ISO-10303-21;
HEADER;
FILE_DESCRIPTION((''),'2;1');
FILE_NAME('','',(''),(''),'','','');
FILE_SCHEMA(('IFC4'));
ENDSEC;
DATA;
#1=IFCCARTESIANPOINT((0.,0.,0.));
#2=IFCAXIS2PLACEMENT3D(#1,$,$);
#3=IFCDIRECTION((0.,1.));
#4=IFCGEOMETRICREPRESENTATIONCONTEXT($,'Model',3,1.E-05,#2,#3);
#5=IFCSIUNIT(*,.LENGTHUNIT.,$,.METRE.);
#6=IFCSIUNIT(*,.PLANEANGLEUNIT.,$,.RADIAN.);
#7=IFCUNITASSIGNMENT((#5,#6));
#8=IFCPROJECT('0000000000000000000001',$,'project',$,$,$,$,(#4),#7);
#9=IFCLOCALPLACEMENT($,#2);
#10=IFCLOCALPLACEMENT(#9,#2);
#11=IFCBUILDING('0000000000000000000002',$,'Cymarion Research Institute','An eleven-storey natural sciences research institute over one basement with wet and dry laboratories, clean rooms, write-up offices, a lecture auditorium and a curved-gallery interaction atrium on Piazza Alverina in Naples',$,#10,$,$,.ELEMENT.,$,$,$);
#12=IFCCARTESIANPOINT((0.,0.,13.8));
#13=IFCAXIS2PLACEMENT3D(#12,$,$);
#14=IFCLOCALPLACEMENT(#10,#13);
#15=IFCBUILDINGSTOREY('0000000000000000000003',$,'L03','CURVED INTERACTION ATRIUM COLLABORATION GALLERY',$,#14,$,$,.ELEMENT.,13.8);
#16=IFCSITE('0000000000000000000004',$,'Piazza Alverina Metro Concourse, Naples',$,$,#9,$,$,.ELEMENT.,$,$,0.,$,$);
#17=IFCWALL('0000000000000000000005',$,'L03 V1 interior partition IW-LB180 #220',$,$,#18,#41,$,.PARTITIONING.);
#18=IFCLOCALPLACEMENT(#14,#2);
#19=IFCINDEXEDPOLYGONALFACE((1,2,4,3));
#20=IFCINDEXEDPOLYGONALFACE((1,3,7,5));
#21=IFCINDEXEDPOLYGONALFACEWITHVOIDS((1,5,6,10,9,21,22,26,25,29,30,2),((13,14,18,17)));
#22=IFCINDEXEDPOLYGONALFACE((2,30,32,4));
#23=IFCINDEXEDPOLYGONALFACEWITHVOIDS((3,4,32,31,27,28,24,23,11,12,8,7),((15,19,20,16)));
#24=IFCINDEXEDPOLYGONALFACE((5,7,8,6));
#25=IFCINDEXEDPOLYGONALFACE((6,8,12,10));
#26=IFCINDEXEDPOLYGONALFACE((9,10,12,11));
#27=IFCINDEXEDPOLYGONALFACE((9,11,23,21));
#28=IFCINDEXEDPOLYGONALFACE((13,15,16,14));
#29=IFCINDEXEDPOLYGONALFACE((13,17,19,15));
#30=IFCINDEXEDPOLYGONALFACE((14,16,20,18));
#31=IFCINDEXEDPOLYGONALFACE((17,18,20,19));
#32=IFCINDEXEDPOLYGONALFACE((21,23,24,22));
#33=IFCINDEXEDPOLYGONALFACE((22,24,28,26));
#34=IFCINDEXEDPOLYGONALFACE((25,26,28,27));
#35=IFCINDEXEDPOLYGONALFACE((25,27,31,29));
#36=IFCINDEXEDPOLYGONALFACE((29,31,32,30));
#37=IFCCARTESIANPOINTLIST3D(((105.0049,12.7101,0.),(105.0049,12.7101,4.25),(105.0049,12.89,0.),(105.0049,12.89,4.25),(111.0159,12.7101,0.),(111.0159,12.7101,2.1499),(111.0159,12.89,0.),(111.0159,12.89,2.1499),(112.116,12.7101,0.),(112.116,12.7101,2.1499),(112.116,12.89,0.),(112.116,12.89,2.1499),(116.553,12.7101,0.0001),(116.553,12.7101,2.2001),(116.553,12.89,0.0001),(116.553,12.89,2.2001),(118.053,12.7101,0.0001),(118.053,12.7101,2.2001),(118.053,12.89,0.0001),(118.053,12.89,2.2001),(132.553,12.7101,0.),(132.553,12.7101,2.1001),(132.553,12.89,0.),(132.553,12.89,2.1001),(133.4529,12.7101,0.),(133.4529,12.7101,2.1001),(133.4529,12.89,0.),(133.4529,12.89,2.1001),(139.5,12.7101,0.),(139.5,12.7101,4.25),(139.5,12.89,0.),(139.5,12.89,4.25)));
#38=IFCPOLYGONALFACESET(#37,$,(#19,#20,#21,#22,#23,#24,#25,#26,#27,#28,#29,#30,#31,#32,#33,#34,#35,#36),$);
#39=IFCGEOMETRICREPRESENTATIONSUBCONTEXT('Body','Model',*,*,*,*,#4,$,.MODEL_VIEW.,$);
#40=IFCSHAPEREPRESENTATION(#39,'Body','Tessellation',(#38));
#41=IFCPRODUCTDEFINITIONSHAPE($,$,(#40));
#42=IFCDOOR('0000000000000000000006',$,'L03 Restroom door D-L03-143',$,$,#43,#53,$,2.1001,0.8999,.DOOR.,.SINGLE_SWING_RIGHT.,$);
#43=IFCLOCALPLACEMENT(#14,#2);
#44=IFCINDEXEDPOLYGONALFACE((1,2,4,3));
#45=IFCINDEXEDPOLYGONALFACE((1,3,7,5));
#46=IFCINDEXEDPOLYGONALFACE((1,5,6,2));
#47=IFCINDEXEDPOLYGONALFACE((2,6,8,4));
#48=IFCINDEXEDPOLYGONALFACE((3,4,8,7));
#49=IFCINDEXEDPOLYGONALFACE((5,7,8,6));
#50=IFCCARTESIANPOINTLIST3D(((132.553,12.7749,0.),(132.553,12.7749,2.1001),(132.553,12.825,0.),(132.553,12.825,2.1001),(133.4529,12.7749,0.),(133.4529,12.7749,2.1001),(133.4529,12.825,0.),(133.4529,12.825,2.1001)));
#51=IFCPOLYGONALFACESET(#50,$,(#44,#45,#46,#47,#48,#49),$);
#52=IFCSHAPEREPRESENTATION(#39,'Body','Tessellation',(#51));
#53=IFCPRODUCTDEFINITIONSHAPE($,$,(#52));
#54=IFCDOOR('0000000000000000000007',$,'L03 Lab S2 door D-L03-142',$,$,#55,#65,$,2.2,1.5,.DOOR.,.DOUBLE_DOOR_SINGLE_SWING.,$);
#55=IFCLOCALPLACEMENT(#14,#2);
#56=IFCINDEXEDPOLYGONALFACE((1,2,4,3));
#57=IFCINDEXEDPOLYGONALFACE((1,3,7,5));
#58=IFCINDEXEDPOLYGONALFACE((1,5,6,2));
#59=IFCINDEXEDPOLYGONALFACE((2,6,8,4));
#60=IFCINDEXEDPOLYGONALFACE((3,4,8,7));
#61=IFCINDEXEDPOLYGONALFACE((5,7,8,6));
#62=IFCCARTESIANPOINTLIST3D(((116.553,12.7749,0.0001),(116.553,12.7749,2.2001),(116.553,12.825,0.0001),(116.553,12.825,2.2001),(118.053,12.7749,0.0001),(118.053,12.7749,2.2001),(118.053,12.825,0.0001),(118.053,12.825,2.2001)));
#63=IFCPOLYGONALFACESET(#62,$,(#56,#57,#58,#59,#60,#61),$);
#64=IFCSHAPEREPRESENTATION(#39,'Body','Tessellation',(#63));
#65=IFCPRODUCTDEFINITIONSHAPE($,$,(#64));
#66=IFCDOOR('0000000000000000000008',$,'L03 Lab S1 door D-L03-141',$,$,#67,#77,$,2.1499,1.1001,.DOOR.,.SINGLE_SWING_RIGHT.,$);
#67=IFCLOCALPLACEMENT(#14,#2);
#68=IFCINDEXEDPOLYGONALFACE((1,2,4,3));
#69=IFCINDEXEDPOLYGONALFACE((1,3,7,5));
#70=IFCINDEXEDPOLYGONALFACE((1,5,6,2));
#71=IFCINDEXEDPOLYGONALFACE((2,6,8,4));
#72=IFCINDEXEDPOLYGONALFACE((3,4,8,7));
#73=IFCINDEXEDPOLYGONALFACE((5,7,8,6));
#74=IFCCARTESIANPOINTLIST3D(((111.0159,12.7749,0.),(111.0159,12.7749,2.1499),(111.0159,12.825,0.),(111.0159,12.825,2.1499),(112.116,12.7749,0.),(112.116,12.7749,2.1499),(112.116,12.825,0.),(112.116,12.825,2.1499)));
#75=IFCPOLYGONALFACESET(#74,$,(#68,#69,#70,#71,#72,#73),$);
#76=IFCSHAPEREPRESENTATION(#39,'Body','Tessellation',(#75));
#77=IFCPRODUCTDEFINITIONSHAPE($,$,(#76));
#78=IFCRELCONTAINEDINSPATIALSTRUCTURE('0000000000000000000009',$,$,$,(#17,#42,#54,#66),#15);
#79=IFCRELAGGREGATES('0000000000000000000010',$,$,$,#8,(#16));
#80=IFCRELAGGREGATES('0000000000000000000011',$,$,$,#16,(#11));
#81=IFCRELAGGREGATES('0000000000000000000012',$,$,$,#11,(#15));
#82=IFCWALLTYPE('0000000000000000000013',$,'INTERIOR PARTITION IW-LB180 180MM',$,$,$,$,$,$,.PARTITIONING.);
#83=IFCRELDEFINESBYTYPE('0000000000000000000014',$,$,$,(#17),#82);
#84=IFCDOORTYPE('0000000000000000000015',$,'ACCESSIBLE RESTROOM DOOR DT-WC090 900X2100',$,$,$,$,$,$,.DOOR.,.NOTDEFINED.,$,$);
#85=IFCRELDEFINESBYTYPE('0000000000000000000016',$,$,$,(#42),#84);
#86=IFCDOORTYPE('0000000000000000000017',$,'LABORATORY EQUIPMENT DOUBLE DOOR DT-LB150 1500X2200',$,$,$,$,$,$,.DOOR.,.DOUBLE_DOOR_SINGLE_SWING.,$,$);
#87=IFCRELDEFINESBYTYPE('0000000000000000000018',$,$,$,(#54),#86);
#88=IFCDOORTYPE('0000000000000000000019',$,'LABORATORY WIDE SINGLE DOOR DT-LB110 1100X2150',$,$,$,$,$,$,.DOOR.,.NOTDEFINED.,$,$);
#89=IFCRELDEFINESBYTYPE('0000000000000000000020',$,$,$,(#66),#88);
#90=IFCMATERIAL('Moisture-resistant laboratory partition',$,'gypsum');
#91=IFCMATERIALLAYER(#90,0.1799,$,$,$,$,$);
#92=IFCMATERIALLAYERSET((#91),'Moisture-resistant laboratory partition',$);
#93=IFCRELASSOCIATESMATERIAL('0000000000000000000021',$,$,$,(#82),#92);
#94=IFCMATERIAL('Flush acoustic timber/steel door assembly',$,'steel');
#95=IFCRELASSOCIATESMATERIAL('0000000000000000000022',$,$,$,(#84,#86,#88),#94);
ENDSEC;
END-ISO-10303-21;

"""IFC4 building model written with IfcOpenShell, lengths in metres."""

from ifc_helpers import new_model, si_unit, direction, frame, frame_2d, origin, place, context, subcontext, project, spatial, rectangle, extrude, material, layer, layer_set, type_object, element, fill, save


model = new_model("IFC4")

# Units and contexts
model_context = context("Model", 3, precision=1e-05, world=origin(), true_north=direction((0.0, 1.0)))
body_context = subcontext(model_context, "Body", "Model", "MODEL_VIEW")
ifc_project = project(units=[si_unit("LENGTHUNIT", "METRE"), si_unit("PLANEANGLEUNIT", "RADIAN")], contexts=[model_context])

# Site, building, storey
site_placement = place(None, origin())
site = spatial("IfcSite", under=ifc_project, at=site_placement, Name="Piazza Alverina Metro Concourse, Naples", CompositionType="ELEMENT", RefElevation=0.0)
building_placement = place(site_placement, origin())
building = spatial("IfcBuilding", under=site, at=building_placement, Name="Cymarion Research Institute", Description="An eleven-storey natural sciences research institute over one basement with wet and dry laboratories, clean rooms, write-up offices, a lecture auditorium and a curved-gallery interaction atrium on Piazza Alverina in Naples", CompositionType="ELEMENT")
storey_placement = place(building_placement, frame((0.0, 0.0, 13.8)))
storey = spatial("IfcBuildingStorey", under=building, at=storey_placement, Name="L03", Description="CURVED INTERACTION ATRIUM COLLABORATION GALLERY", CompositionType="ELEMENT", Elevation=13.8)

# Wall, openings, doors
ifc_material_1 = material(Name="Moisture-resistant laboratory partition", Category="gypsum")
ifc_layer_1 = layer(ifc_material_1, 0.1799)
ifc_layer_set_1 = layer_set([ifc_layer_1], Name="Moisture-resistant laboratory partition")
wall_type = type_object("IfcWallType", Name="INTERIOR PARTITION IW-LB180 180MM", PredefinedType="PARTITIONING", material=ifc_layer_set_1)
wall_placement = place(storey_placement, frame((105.0049, 12.8, 0.0), z_axis=(0.0, 0.0, 1.0), x_axis=(1.0, 0.0, 0.0)))
wall = element("IfcWall", 1, at=wall_placement, inside=storey, type_object=wall_type, Name="L03 V1 interior partition IW-LB180 #220", PredefinedType="PARTITIONING", context=body_context, shape_type="SweptSolid", body=[
    extrude(rectangle(XDim=34.4951, YDim=0.1799, at=frame_2d((17.2476, 0.0))), origin(), (0.0, 0.0, 1.0), 4.25),
])
opening_1_placement = place(wall_placement, frame((6.011, 0.0, 0.0)))
opening_1 = element("IfcOpeningElement", 2, at=opening_1_placement, cuts=wall, PredefinedType="OPENING", context=body_context, shape_type="SweptSolid", body=[
    extrude(rectangle(XDim=1.1001, YDim=2.1499, at=frame_2d((0.55, 1.075))), frame((0.0, 0.0999, 0.0), z_axis=(0.0, -1.0, 0.0), x_axis=(1.0, 0.0, 0.0)), (0.0, 0.0, 1.0), 0.2),
])
opening_2_placement = place(wall_placement, frame((11.5481, 0.0, 0.0)))
opening_2 = element("IfcOpeningElement", 3, at=opening_2_placement, cuts=wall, PredefinedType="OPENING", context=body_context, shape_type="SweptSolid", body=[
    extrude(rectangle(XDim=1.5, YDim=2.2, at=frame_2d((0.75, 1.1001))), frame((0.0, 0.0999, 0.0), z_axis=(0.0, -1.0, 0.0), x_axis=(1.0, 0.0, 0.0)), (0.0, 0.0, 1.0), 0.2),
])
opening_3_placement = place(wall_placement, frame((27.5481, 0.0, 0.0)))
opening_3 = element("IfcOpeningElement", 4, at=opening_3_placement, cuts=wall, PredefinedType="OPENING", context=body_context, shape_type="SweptSolid", body=[
    extrude(rectangle(XDim=0.8999, YDim=2.1001, at=frame_2d((0.45, 1.05))), frame((0.0, 0.0999, 0.0), z_axis=(0.0, -1.0, 0.0), x_axis=(1.0, 0.0, 0.0)), (0.0, 0.0, 1.0), 0.2),
])
ifc_material_2 = material(Name="Flush acoustic timber/steel door assembly", Category="steel")
door_type_1 = type_object("IfcDoorType", Name="ACCESSIBLE RESTROOM DOOR DT-WC090 900X2100", OperationType="NOTDEFINED", PredefinedType="DOOR", material=ifc_material_2)
door_1_placement = place(opening_3_placement, origin())
door_1 = element("IfcDoor", 5, at=door_1_placement, inside=storey, type_object=door_type_1, Name="L03 Restroom door D-L03-143", OperationType="SINGLE_SWING_RIGHT", OverallHeight=2.1001, OverallWidth=0.8999, PredefinedType="DOOR", context=body_context, shape_type="SweptSolid", body=[
    extrude(rectangle(XDim=0.8999, YDim=2.1001, at=frame_2d((0.45, 1.05))), frame((0.0, 0.0249, 0.0), z_axis=(0.0, -1.0, 0.0), x_axis=(1.0, 0.0, 0.0)), (0.0, 0.0, 1.0), 0.05),
])
fill(opening_3, door_1)
door_type_2 = type_object("IfcDoorType", Name="LABORATORY EQUIPMENT DOUBLE DOOR DT-LB150 1500X2200", OperationType="DOUBLE_DOOR_SINGLE_SWING", PredefinedType="DOOR", material=ifc_material_2)
door_2_placement = place(opening_2_placement, origin())
door_2 = element("IfcDoor", 6, at=door_2_placement, inside=storey, type_object=door_type_2, Name="L03 Lab S2 door D-L03-142", OperationType="DOUBLE_DOOR_SINGLE_SWING", OverallHeight=2.2, OverallWidth=1.5, PredefinedType="DOOR", context=body_context, shape_type="SweptSolid", body=[
    extrude(rectangle(XDim=1.5, YDim=2.2, at=frame_2d((0.75, 1.1001))), frame((0.0, 0.0249, 0.0), z_axis=(0.0, -1.0, 0.0), x_axis=(1.0, 0.0, 0.0)), (0.0, 0.0, 1.0), 0.05),
])
fill(opening_2, door_2)
door_type_3 = type_object("IfcDoorType", Name="LABORATORY WIDE SINGLE DOOR DT-LB110 1100X2150", OperationType="NOTDEFINED", PredefinedType="DOOR", material=ifc_material_2)
door_3_placement = place(opening_1_placement, origin())
door_3 = element("IfcDoor", 7, at=door_3_placement, inside=storey, type_object=door_type_3, Name="L03 Lab S1 door D-L03-141", OperationType="SINGLE_SWING_RIGHT", OverallHeight=2.1499, OverallWidth=1.1001, PredefinedType="DOOR", context=body_context, shape_type="SweptSolid", body=[
    extrude(rectangle(XDim=1.1001, YDim=2.1499, at=frame_2d((0.55, 1.075))), frame((0.0, 0.0249, 0.0), z_axis=(0.0, -1.0, 0.0), x_axis=(1.0, 0.0, 0.0)), (0.0, 0.0, 1.0), 0.05),
])
fill(opening_1, door_3)

save(model, "model.ifc")
